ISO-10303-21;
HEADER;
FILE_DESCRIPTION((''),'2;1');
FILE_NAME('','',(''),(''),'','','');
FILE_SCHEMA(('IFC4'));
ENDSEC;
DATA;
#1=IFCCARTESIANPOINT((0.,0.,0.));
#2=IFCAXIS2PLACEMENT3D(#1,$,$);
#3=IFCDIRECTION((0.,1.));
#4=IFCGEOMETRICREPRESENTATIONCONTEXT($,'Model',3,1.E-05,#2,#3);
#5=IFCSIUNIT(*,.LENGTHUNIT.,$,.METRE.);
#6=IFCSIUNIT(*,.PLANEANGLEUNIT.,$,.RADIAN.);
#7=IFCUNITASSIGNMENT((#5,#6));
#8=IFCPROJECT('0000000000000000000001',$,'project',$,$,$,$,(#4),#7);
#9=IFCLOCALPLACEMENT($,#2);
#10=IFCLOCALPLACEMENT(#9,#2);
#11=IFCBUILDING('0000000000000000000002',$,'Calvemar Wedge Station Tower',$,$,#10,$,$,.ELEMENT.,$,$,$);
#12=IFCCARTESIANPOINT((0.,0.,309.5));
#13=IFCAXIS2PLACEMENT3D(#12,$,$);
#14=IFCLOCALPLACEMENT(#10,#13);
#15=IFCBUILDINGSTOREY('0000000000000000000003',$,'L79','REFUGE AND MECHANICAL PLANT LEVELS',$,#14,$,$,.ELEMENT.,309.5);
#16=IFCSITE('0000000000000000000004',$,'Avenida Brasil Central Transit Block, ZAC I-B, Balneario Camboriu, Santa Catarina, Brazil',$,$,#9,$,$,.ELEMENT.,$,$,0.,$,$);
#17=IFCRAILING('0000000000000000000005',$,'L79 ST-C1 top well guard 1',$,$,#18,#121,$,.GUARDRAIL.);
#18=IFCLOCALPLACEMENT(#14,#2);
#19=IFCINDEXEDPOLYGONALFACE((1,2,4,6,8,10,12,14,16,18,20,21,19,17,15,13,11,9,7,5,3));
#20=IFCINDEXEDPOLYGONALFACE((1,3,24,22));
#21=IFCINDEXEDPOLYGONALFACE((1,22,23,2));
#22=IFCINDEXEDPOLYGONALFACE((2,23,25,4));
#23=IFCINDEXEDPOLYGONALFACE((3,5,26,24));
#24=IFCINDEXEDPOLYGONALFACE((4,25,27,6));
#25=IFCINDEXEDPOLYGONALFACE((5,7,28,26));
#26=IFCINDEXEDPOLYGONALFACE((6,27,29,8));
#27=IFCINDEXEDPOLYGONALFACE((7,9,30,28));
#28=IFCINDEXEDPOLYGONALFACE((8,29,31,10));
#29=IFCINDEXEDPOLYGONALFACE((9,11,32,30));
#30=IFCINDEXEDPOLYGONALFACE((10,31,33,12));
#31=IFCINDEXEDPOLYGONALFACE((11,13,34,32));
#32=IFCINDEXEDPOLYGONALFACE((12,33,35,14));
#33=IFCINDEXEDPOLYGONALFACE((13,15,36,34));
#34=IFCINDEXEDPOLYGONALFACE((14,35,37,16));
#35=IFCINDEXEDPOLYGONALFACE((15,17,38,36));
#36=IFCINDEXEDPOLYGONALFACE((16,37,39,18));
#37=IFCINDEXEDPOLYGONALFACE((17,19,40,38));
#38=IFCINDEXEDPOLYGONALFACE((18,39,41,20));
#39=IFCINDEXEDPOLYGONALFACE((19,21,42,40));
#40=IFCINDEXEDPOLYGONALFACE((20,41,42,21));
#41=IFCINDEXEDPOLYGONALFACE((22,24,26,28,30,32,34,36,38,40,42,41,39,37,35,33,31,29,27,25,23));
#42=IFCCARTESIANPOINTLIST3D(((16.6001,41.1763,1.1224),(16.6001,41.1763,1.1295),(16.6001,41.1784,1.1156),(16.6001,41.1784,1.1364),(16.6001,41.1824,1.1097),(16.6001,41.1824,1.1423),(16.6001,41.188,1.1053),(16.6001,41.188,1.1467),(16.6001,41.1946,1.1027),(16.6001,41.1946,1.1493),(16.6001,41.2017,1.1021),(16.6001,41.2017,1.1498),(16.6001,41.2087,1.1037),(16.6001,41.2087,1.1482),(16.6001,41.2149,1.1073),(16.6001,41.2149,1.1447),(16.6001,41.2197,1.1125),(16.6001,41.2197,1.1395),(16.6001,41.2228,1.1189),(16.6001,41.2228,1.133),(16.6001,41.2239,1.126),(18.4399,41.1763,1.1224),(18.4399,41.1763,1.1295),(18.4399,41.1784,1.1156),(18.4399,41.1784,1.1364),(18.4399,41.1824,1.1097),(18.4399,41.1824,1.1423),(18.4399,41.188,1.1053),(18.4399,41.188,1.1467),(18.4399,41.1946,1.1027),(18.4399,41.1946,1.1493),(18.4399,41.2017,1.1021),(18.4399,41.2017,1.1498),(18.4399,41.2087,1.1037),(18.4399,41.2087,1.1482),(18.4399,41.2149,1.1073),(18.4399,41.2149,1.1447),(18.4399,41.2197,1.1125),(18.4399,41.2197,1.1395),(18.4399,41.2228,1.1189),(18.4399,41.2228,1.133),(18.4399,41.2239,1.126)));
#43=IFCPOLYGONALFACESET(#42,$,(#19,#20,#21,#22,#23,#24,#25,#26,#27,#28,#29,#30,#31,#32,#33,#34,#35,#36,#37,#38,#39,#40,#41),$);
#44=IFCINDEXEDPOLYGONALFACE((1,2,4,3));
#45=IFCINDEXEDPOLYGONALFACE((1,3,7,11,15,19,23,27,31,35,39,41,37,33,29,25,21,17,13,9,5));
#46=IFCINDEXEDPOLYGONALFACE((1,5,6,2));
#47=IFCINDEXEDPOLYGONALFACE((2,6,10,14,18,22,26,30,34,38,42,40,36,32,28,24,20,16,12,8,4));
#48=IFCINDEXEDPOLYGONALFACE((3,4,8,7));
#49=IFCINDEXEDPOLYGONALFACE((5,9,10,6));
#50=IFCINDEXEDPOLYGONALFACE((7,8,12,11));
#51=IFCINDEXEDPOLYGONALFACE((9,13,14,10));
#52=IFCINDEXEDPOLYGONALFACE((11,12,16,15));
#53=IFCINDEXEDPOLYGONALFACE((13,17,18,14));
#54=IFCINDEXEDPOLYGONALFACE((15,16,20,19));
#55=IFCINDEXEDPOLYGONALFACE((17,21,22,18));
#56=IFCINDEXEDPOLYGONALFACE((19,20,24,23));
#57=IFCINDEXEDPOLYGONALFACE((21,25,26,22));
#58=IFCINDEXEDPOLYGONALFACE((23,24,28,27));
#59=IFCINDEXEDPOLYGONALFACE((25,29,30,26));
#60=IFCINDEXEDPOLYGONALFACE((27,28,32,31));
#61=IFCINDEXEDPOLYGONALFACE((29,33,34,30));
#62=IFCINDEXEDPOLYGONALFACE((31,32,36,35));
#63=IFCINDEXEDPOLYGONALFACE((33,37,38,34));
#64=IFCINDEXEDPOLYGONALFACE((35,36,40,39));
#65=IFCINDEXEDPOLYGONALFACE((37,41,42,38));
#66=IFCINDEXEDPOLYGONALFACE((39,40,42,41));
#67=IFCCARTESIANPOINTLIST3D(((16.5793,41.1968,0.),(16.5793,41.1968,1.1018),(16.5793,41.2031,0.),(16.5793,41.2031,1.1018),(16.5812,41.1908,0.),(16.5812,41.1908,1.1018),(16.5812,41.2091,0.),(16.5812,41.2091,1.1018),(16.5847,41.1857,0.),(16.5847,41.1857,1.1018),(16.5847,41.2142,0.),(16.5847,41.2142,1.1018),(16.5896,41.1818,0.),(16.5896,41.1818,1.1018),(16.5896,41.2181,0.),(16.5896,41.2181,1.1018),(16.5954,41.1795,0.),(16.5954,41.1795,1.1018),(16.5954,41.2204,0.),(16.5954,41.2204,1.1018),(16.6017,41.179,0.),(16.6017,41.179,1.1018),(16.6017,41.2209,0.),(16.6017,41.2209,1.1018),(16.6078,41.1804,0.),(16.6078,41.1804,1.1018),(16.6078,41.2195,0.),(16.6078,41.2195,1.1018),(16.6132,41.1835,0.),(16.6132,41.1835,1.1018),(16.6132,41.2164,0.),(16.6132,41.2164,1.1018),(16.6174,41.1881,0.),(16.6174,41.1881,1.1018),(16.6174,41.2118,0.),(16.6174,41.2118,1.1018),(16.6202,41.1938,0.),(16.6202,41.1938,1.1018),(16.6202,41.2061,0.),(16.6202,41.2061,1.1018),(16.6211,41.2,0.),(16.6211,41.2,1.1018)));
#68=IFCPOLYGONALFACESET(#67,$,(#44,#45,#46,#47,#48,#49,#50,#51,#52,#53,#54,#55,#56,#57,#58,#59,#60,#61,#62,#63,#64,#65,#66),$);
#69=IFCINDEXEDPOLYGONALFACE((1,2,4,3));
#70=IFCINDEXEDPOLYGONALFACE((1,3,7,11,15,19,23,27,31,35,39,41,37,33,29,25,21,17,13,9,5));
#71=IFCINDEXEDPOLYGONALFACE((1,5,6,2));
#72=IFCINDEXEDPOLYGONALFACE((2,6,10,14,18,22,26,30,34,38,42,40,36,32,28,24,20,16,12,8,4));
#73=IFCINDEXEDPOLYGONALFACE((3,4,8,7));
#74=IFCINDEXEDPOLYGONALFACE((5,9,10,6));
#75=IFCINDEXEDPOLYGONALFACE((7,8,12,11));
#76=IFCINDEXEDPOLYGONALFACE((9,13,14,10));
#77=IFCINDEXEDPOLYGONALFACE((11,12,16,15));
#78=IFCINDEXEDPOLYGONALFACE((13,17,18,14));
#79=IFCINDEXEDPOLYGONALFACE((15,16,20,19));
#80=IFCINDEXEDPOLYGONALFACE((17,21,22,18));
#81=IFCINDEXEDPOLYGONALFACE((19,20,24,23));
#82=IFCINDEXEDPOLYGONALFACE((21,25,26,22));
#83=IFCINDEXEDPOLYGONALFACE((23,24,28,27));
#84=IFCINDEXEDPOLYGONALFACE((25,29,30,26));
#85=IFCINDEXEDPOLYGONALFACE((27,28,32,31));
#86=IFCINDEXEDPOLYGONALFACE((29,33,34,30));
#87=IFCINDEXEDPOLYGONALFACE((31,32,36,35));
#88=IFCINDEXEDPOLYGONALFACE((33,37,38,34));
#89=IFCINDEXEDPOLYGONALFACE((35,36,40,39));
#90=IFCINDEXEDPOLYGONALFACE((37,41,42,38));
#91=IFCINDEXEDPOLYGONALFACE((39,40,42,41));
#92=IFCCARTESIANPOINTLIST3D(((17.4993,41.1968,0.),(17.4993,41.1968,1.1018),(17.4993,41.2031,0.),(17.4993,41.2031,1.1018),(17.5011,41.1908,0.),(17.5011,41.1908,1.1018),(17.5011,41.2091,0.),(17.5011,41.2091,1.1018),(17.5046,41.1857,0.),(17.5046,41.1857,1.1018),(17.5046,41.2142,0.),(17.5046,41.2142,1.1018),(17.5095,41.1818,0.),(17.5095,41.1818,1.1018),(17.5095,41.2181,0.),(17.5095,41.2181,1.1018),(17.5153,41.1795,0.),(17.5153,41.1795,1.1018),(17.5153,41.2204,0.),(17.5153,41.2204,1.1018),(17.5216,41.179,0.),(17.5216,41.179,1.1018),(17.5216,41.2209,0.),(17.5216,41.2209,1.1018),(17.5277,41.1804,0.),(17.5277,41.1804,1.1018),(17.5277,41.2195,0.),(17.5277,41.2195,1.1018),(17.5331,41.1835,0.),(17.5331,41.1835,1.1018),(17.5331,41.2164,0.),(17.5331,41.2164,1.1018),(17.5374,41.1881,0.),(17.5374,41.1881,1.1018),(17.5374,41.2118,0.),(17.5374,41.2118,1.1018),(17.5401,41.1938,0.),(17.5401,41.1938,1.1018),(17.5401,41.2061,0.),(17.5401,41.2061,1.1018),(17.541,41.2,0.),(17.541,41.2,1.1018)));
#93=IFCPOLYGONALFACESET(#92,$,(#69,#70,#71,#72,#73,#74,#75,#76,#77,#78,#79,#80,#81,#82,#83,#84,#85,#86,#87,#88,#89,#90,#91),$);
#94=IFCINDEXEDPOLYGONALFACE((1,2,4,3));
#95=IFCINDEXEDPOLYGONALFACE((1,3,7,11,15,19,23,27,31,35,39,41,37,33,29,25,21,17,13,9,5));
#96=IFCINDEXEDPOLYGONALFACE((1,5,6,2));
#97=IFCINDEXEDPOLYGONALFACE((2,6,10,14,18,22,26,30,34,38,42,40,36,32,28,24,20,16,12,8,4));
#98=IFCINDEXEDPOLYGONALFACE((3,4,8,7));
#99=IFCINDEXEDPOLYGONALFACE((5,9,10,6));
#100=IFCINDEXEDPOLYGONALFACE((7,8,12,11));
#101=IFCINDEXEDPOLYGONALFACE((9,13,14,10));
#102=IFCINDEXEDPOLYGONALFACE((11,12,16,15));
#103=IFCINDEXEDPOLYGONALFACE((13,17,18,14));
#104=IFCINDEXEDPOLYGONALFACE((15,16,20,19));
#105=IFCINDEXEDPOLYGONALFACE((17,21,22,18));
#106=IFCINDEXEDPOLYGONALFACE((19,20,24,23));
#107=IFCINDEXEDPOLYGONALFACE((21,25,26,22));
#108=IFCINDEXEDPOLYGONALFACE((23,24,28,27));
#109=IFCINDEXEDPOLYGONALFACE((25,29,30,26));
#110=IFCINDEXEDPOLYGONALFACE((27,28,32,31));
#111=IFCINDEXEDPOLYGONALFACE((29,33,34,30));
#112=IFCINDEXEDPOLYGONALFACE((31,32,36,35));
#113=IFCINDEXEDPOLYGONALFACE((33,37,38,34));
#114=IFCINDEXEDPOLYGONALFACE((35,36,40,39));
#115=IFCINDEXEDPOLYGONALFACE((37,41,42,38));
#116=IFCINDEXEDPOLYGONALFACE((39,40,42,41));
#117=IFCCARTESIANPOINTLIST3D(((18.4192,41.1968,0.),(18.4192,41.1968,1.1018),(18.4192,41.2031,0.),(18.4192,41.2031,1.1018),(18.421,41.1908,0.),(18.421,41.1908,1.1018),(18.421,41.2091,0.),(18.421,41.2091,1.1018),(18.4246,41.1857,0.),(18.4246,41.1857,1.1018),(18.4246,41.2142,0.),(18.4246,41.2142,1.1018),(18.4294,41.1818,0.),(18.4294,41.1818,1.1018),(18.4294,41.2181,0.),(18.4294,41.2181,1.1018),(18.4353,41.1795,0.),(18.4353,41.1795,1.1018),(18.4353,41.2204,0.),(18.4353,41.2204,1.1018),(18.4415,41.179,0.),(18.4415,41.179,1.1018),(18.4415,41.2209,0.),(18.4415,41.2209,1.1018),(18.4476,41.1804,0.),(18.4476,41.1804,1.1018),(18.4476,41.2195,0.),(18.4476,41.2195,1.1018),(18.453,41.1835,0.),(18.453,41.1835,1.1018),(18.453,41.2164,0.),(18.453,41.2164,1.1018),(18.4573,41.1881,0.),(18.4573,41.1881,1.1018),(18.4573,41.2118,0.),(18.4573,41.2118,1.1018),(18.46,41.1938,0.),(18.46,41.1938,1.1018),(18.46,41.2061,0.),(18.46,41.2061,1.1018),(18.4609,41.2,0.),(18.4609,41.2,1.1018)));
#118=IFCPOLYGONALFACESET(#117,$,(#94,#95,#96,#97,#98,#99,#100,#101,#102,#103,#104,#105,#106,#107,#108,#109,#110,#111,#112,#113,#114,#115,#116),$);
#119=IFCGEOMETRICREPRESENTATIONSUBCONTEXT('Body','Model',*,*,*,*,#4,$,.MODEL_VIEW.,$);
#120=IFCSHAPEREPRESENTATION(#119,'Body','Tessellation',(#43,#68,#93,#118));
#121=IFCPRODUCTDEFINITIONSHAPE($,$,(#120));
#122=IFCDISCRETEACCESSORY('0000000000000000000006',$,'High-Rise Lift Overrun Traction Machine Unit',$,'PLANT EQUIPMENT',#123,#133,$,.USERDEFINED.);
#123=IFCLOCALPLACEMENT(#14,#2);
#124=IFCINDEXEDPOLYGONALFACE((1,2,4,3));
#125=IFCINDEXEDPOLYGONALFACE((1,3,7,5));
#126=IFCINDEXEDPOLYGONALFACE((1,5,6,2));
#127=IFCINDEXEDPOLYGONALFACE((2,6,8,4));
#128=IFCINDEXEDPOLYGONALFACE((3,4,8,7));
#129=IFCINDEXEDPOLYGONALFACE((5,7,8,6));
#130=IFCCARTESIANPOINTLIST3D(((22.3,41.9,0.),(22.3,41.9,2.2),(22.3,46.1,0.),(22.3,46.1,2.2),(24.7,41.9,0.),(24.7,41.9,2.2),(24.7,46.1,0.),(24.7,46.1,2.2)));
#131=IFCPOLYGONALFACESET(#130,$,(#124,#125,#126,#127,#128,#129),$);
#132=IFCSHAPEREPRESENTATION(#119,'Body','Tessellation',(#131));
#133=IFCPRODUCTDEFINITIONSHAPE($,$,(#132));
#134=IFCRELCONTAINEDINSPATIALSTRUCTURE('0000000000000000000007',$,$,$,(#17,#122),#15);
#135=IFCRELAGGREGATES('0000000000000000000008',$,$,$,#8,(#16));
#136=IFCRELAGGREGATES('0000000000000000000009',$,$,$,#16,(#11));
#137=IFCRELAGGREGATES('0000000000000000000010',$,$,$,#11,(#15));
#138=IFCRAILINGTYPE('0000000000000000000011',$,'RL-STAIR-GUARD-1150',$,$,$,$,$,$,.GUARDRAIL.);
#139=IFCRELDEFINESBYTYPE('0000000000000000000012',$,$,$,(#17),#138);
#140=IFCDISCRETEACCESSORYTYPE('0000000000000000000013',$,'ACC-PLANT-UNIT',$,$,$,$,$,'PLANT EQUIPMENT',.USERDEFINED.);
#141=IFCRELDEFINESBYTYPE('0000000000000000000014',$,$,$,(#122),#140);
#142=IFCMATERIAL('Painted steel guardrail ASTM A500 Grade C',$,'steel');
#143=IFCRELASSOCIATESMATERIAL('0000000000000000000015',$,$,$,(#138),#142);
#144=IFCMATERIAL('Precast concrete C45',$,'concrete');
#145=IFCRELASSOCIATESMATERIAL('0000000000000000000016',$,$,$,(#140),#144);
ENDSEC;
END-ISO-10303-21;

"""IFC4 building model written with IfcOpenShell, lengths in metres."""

from ifc_helpers import new_model, si_unit, direction, frame, origin, origin_2d, place, context, subcontext, project, spatial, rectangle, circle, extrude, source, transform, mapped, material, type_object, element, save


model = new_model("IFC4")

# Units and contexts
model_context = context("Model", 3, precision=1e-05, world=origin(), true_north=direction((0.0, 1.0)))
body_context = subcontext(model_context, "Body", "Model", "MODEL_VIEW")
ifc_project = project(units=[si_unit("LENGTHUNIT", "METRE"), si_unit("PLANEANGLEUNIT", "RADIAN")], contexts=[model_context])

# Site, building, storey
site_placement = place(None, origin())
site = spatial("IfcSite", under=ifc_project, at=site_placement, Name="Avenida Brasil Central Transit Block, ZAC I-B, Balneario Camboriu, Santa Catarina, Brazil", CompositionType="ELEMENT", RefElevation=0.0)
building_placement = place(site_placement, origin())
building = spatial("IfcBuilding", under=site, at=building_placement, Name="Calvemar Wedge Station Tower", CompositionType="ELEMENT")
storey_placement = place(building_placement, frame((0.0, 0.0, 309.5)))
storey = spatial("IfcBuildingStorey", under=building, at=storey_placement, Name="L79", Description="REFUGE AND MECHANICAL PLANT LEVELS", CompositionType="ELEMENT", Elevation=309.5)

# Railing
ifc_material_1 = material(Name="Painted steel guardrail ASTM A500 Grade C", Category="steel")
railing_type = type_object("IfcRailingType", Name="RL-STAIR-GUARD-1150", PredefinedType="GUARDRAIL", material=ifc_material_1)
railing_placement = place(storey_placement, frame((16.6001, 41.2, 0.0)))
element("IfcRailing", 1, at=railing_placement, inside=storey, type_object=railing_type, Name="L79 ST-C1 top well guard 1", PredefinedType="GUARDRAIL", context=body_context, shape_type="SweptSolid", body=[
    extrude(circle(Radius=0.0239, at=origin_2d()), frame((0.0, 0.0, 1.126), z_axis=(1.0, 0.0, 0.0), x_axis=(0.0, 1.0, 0.0)), (0.0, 0.0, 1.0), 1.8398),
    extrude(circle(Radius=0.021, at=origin_2d()), origin(), (0.0, 0.0, 1.0), 1.1018),
    extrude(circle(Radius=0.021, at=origin_2d()), frame((0.9199, 0.0, 0.0)), (0.0, 0.0, 1.0), 1.1018),
    extrude(circle(Radius=0.021, at=origin_2d()), frame((1.8398, 0.0, 0.0)), (0.0, 0.0, 1.0), 1.1018),
])

# Discrete accessory
ifc_material_2 = material(Name="Precast concrete C45", Category="concrete")
discrete_accessory_type = type_object("IfcDiscreteAccessoryType", Name="ACC-PLANT-UNIT", ElementType="PLANT EQUIPMENT", PredefinedType="USERDEFINED", material=ifc_material_2)
shared_shape_1 = source(origin(), body_context, "Body", "SweptSolid", [
    extrude(rectangle(XDim=2.3999, YDim=4.2, at=origin_2d()), origin(), (0.0, 0.0, 1.0), 2.2),
])
discrete_accessory_placement = place(storey_placement, frame((23.5, 44.0, 0.0), z_axis=(0.0, 0.0, 1.0), x_axis=(1.0, 0.0, 0.0)))
element("IfcDiscreteAccessory", 2, at=discrete_accessory_placement, inside=storey, type_object=discrete_accessory_type, Name="High-Rise Lift Overrun Traction Machine Unit", ObjectType="PLANT EQUIPMENT", PredefinedType="USERDEFINED", context=body_context, shape_type="MappedRepresentation", body=[
    mapped(shared_shape_1, transform((0.0, 0.0, 0.0), scale=1.0)),
])

save(model, "model.ifc")
